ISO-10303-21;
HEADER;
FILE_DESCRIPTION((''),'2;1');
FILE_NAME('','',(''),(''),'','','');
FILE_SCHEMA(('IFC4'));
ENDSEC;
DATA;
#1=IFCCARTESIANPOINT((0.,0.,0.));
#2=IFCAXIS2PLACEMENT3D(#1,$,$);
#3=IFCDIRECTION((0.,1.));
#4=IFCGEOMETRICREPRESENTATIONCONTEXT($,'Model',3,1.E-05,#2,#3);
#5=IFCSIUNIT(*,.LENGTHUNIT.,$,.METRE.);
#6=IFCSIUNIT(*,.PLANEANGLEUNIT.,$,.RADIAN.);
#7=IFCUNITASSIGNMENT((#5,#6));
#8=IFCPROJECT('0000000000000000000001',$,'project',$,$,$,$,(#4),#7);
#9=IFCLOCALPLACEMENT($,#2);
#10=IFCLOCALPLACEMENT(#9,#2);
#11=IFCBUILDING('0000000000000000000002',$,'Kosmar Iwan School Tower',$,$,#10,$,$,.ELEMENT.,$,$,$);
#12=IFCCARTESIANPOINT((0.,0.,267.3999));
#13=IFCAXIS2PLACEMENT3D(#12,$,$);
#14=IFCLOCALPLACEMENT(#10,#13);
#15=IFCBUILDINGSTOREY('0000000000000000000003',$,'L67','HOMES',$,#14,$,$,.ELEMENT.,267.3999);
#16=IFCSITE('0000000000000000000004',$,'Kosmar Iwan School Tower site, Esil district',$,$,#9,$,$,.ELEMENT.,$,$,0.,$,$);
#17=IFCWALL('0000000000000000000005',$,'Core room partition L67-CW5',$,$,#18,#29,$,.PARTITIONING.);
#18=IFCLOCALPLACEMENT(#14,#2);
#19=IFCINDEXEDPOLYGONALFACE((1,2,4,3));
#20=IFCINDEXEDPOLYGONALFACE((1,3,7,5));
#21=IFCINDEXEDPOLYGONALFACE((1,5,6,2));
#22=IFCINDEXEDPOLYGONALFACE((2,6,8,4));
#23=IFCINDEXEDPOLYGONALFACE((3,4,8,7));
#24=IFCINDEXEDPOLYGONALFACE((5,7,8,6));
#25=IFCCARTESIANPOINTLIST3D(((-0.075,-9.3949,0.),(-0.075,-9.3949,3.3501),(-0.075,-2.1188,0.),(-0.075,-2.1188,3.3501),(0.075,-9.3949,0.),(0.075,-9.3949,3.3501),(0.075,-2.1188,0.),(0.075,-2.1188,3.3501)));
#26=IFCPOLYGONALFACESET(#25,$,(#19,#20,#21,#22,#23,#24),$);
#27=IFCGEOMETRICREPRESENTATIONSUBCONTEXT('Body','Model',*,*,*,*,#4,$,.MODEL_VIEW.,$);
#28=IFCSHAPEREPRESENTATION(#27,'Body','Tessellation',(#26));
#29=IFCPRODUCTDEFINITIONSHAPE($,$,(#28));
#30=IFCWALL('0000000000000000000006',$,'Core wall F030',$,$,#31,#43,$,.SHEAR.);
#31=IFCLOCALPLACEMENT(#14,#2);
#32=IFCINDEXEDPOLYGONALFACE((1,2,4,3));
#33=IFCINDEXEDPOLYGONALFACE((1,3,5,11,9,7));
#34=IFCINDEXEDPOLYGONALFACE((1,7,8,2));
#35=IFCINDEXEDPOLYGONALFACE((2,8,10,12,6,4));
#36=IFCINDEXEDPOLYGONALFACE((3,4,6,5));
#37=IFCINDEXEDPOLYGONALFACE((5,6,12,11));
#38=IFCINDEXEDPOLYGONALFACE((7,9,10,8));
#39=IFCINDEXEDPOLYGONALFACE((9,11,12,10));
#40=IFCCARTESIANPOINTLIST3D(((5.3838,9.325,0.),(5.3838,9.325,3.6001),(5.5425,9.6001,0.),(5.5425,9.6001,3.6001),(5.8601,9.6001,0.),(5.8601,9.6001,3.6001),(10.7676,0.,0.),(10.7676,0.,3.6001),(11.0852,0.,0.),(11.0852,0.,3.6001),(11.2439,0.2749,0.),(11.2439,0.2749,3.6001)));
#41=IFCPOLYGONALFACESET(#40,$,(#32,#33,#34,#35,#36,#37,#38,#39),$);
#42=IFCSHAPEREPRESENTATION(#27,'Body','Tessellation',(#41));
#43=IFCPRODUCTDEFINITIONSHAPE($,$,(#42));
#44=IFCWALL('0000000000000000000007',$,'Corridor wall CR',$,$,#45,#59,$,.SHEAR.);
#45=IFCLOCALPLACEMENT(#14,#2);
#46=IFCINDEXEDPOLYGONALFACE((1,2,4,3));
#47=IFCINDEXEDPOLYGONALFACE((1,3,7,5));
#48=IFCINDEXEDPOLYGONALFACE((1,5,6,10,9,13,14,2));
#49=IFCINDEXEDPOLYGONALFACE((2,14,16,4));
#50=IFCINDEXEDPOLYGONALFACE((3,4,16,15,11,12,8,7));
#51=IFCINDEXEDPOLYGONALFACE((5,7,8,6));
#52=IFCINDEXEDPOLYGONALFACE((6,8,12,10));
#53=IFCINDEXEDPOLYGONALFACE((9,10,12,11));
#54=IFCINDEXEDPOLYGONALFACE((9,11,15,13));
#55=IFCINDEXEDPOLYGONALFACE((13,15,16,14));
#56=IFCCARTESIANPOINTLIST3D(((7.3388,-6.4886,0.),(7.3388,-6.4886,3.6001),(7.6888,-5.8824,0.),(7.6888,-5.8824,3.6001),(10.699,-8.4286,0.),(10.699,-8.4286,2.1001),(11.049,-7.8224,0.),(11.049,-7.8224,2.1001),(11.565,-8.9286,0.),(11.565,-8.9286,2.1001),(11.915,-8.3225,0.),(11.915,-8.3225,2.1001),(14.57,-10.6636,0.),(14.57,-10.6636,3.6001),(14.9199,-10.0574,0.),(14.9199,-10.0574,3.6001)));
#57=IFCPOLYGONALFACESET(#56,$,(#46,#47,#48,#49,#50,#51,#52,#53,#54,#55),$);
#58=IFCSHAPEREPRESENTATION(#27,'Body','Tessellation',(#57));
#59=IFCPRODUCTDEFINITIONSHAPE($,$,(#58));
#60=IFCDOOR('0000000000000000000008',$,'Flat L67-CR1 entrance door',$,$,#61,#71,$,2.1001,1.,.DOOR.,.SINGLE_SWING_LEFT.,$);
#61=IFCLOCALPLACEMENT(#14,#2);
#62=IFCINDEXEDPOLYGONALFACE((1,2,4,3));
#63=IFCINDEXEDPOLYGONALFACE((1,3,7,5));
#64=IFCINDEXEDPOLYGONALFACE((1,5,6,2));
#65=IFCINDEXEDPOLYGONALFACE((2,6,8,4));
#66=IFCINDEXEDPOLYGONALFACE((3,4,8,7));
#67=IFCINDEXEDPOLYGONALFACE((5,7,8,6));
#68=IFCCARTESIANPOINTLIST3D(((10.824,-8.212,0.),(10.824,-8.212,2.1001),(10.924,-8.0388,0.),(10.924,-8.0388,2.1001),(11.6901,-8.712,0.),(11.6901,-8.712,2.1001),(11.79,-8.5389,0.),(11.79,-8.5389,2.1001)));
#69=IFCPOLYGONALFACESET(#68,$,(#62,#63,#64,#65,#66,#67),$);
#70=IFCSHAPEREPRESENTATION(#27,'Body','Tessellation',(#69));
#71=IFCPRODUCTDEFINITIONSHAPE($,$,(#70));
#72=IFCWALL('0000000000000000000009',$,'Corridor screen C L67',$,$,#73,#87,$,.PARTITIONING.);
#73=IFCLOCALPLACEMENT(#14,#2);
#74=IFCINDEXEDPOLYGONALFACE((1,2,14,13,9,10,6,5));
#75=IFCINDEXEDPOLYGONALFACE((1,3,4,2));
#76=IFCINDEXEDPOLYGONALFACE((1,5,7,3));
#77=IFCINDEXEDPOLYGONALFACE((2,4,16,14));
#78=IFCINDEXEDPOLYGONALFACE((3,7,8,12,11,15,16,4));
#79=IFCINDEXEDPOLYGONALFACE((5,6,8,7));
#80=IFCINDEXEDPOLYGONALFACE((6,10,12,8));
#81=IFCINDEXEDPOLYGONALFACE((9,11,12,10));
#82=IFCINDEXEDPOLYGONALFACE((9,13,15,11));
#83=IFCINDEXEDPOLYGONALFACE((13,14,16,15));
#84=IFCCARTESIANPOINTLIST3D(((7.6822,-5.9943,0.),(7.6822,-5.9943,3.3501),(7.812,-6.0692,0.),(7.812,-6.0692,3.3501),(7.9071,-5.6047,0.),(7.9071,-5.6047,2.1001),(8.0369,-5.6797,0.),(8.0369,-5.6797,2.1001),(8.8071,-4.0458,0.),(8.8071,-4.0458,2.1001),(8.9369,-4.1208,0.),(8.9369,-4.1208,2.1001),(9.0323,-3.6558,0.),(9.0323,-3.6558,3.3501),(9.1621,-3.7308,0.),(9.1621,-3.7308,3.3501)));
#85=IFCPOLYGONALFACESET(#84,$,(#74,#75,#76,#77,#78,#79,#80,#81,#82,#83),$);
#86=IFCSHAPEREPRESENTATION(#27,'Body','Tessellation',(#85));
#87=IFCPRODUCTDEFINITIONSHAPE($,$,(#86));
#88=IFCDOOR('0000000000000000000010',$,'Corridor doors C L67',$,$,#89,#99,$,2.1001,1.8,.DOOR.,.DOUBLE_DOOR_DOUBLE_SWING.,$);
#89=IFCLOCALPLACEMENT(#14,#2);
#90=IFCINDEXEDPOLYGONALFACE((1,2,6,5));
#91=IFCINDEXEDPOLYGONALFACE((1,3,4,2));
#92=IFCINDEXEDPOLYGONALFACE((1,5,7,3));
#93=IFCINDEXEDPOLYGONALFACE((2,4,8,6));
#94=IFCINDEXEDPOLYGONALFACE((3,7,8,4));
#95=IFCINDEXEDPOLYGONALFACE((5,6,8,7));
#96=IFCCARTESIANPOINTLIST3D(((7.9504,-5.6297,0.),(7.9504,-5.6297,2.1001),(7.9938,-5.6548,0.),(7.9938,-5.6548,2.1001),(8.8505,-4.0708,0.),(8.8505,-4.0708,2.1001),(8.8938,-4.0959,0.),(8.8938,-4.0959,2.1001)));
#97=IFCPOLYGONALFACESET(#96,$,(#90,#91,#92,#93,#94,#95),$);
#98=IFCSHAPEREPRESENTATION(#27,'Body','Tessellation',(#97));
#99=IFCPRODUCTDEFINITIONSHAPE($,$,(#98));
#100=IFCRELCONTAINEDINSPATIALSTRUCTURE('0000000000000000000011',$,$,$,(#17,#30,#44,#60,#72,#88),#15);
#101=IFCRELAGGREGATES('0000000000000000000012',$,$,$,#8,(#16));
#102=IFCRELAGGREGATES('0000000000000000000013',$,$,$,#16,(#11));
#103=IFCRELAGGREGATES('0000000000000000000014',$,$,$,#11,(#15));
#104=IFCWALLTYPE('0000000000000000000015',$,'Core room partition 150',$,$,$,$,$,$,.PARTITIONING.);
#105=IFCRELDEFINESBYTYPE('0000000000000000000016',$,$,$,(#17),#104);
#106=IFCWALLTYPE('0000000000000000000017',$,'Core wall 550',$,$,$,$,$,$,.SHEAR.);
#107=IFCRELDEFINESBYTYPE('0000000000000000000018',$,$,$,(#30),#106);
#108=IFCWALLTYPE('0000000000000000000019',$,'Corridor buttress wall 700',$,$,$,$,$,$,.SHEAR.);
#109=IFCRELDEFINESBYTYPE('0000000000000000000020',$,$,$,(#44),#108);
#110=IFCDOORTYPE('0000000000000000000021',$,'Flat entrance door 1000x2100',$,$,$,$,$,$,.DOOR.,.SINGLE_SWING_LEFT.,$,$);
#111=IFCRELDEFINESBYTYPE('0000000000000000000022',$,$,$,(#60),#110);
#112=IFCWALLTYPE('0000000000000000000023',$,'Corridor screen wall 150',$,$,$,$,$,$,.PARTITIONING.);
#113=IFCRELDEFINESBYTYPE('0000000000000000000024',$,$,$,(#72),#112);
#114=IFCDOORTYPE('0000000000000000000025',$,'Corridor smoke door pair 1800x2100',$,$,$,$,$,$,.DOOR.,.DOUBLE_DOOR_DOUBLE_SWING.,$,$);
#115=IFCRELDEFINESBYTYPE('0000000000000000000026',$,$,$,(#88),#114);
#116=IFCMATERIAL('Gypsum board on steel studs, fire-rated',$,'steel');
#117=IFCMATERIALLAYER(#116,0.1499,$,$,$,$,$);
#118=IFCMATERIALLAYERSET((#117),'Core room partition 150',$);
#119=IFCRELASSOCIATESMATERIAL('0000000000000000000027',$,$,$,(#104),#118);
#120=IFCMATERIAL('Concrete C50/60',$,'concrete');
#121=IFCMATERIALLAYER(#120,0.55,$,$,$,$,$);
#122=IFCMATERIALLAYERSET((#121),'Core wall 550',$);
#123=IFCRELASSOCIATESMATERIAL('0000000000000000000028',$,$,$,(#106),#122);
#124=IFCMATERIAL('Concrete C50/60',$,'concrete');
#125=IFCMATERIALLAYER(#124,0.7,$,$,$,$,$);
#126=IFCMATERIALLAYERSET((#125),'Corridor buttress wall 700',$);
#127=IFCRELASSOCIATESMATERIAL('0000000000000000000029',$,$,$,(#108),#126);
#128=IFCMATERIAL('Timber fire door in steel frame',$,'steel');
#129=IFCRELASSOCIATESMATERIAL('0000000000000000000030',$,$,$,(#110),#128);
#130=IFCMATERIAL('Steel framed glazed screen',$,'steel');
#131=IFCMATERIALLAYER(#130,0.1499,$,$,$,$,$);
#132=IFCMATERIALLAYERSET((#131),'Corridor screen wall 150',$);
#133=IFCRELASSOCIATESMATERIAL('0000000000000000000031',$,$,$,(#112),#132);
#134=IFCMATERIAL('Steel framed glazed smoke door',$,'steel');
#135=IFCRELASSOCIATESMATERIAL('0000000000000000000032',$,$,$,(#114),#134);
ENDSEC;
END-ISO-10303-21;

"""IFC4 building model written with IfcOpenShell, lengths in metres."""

from ifc_helpers import new_model, si_unit, direction, frame, frame_2d, origin, place, context, subcontext, project, spatial, polyline, rectangle, outline, extrude, material, layer, layer_set, type_object, element, fill, save


model = new_model("IFC4")

# Units and contexts
model_context = context("Model", 3, precision=1e-05, world=origin(), true_north=direction((0.0, 1.0)))
body_context = subcontext(model_context, "Body", "Model", "MODEL_VIEW")
ifc_project = project(units=[si_unit("LENGTHUNIT", "METRE"), si_unit("PLANEANGLEUNIT", "RADIAN")], contexts=[model_context])

# Site, building, storey
site_placement = place(None, origin())
site = spatial("IfcSite", under=ifc_project, at=site_placement, Name="Kosmar Iwan School Tower site, Esil district", CompositionType="ELEMENT", RefElevation=0.0)
building_placement = place(site_placement, origin())
building = spatial("IfcBuilding", under=site, at=building_placement, Name="Kosmar Iwan School Tower", CompositionType="ELEMENT")
storey_placement = place(building_placement, frame((0.0, 0.0, 267.3999)))
storey = spatial("IfcBuildingStorey", under=building, at=storey_placement, Name="L67", Description="HOMES", CompositionType="ELEMENT", Elevation=267.3999)

# Walls
ifc_material_1 = material(Name="Gypsum board on steel studs, fire-rated", Category="steel")
ifc_layer_1 = layer(ifc_material_1, 0.1499)
ifc_layer_set_1 = layer_set([ifc_layer_1], Name="Core room partition 150")
wall_type_1 = type_object("IfcWallType", Name="Core room partition 150", PredefinedType="PARTITIONING", material=ifc_layer_set_1)
wall_1_placement = place(storey_placement, frame((0.0, -9.395, 0.0), z_axis=(0.0, 0.0, 1.0), x_axis=(0.0, 1.0, 0.0)))
element("IfcWall", 1, at=wall_1_placement, inside=storey, type_object=wall_type_1, Name="Core room partition L67-CW5", PredefinedType="PARTITIONING", context=body_context, shape_type="SweptSolid", body=[
    extrude(rectangle(XDim=7.2761, YDim=0.1499, at=frame_2d((3.6382, 0.0))), origin(), (0.0, 0.0, 1.0), 3.3501),
])
ifc_material_2 = material(Name="Concrete C50/60", Category="concrete")
ifc_layer_2 = layer(ifc_material_2, 0.55)
ifc_layer_set_2 = layer_set([ifc_layer_2], Name="Core wall 550")
wall_type_2 = type_object("IfcWallType", Name="Core wall 550", PredefinedType="SHEAR", material=ifc_layer_set_2)
wall_2_placement = place(storey_placement, origin())
element("IfcWall", 2, at=wall_2_placement, inside=storey, type_object=wall_type_2, Name="Core wall F030", PredefinedType="SHEAR", context=body_context, shape_type="SweptSolid", body=[
    extrude(outline(polyline([(10.7676, 0.0), (11.0852, 0.0), (11.2439, 0.2749), (5.8601, 9.6001), (5.5425, 9.6001), (5.3838, 9.325), (10.7676, 0.0)])), origin(), (0.0, 0.0, 1.0), 3.6001),
])

# Walls, openings, doors
ifc_material_3 = material(Name="Concrete C50/60", Category="concrete")
ifc_layer_3 = layer(ifc_material_3, 0.7)
ifc_layer_set_3 = layer_set([ifc_layer_3], Name="Corridor buttress wall 700")
wall_type_3 = type_object("IfcWallType", Name="Corridor buttress wall 700", PredefinedType="SHEAR", material=ifc_layer_set_3)
wall_3_placement = place(storey_placement, frame((7.5139, -6.1855, 0.0), z_axis=(0.0, 0.0, 1.0), x_axis=(0.86602, -0.50001, 0.0)))
wall_3 = element("IfcWall", 3, at=wall_3_placement, inside=storey, type_object=wall_type_3, Name="Corridor wall CR", PredefinedType="SHEAR", context=body_context, shape_type="SweptSolid", body=[
    extrude(rectangle(XDim=8.3499, YDim=0.7, at=frame_2d((4.1748, 0.0))), origin(), (0.0, 0.0, 1.0), 3.6001),
])
opening_1_placement = place(wall_3_placement, frame((3.8799, 0.0, 0.0)))
opening_1 = element("IfcOpeningElement", 4, at=opening_1_placement, cuts=wall_3, PredefinedType="OPENING", context=body_context, shape_type="SweptSolid", body=[
    extrude(rectangle(XDim=1.0, YDim=2.1001, at=frame_2d((0.5, 1.05))), frame((0.0, 0.3621, 0.0), z_axis=(0.0, -1.0, 0.0), x_axis=(1.0, 0.0, 0.0)), (0.0, 0.0, 1.0), 0.7239),
])
ifc_material_4 = material(Name="Timber fire door in steel frame", Category="steel")
door_type_1 = type_object("IfcDoorType", Name="Flat entrance door 1000x2100", OperationType="SINGLE_SWING_LEFT", PredefinedType="DOOR", material=ifc_material_4)
door_1_placement = place(opening_1_placement, origin())
door_1 = element("IfcDoor", 5, at=door_1_placement, inside=storey, type_object=door_type_1, Name="Flat L67-CR1 entrance door", OperationType="SINGLE_SWING_LEFT", OverallHeight=2.1001, OverallWidth=1.0, PredefinedType="DOOR", context=body_context, shape_type="SweptSolid", body=[
    extrude(rectangle(XDim=1.0, YDim=2.1001, at=frame_2d((0.5, 1.05))), frame((0.0, 0.1001, 0.0), z_axis=(0.0, -1.0, 0.0), x_axis=(1.0, 0.0, 0.0)), (0.0, 0.0, 1.0), 0.2),
])
fill(opening_1, door_1)
ifc_material_5 = material(Name="Steel framed glazed screen", Category="steel")
ifc_layer_4 = layer(ifc_material_5, 0.1499)
ifc_layer_set_4 = layer_set([ifc_layer_4], Name="Corridor screen wall 150")
wall_type_4 = type_object("IfcWallType", Name="Corridor screen wall 150", PredefinedType="PARTITIONING", material=ifc_layer_set_4)
wall_4_placement = place(storey_placement, frame((7.7471, -6.0317, 0.0), z_axis=(0.0, 0.0, 1.0), x_axis=(0.500009, 0.86602, 0.0)))
wall_4 = element("IfcWall", 6, at=wall_4_placement, inside=storey, type_object=wall_type_4, Name="Corridor screen C L67", PredefinedType="PARTITIONING", context=body_context, shape_type="SweptSolid", body=[
    extrude(rectangle(XDim=2.7002, YDim=0.1499, at=frame_2d((1.3501, 0.0))), origin(), (0.0, 0.0, 1.0), 3.3501),
])
opening_2_placement = place(wall_4_placement, frame((0.45, 0.0, 0.0)))
opening_2 = element("IfcOpeningElement", 7, at=opening_2_placement, cuts=wall_4, PredefinedType="OPENING", context=body_context, shape_type="SweptSolid", body=[
    extrude(rectangle(XDim=1.8, YDim=2.1001, at=frame_2d((0.8999, 1.05))), frame((0.0, 0.0869, 0.0), z_axis=(0.0, -1.0, 0.0), x_axis=(1.0, 0.0, 0.0)), (0.0, 0.0, 1.0), 0.1738),
])
ifc_material_6 = material(Name="Steel framed glazed smoke door", Category="steel")
door_type_2 = type_object("IfcDoorType", Name="Corridor smoke door pair 1800x2100", OperationType="DOUBLE_DOOR_DOUBLE_SWING", PredefinedType="DOOR", material=ifc_material_6)
door_2_placement = place(opening_2_placement, origin())
door_2 = element("IfcDoor", 8, at=door_2_placement, inside=storey, type_object=door_type_2, Name="Corridor doors C L67", OperationType="DOUBLE_DOOR_DOUBLE_SWING", OverallHeight=2.1001, OverallWidth=1.8, PredefinedType="DOOR", context=body_context, shape_type="SweptSolid", body=[
    extrude(rectangle(XDim=1.8, YDim=2.1001, at=frame_2d((0.8999, 1.05))), frame((0.0, 0.0249, 0.0), z_axis=(0.0, -1.0, 0.0), x_axis=(1.0, 0.0, 0.0)), (0.0, 0.0, 1.0), 0.05),
])
fill(opening_2, door_2)

save(model, "model.ifc")
